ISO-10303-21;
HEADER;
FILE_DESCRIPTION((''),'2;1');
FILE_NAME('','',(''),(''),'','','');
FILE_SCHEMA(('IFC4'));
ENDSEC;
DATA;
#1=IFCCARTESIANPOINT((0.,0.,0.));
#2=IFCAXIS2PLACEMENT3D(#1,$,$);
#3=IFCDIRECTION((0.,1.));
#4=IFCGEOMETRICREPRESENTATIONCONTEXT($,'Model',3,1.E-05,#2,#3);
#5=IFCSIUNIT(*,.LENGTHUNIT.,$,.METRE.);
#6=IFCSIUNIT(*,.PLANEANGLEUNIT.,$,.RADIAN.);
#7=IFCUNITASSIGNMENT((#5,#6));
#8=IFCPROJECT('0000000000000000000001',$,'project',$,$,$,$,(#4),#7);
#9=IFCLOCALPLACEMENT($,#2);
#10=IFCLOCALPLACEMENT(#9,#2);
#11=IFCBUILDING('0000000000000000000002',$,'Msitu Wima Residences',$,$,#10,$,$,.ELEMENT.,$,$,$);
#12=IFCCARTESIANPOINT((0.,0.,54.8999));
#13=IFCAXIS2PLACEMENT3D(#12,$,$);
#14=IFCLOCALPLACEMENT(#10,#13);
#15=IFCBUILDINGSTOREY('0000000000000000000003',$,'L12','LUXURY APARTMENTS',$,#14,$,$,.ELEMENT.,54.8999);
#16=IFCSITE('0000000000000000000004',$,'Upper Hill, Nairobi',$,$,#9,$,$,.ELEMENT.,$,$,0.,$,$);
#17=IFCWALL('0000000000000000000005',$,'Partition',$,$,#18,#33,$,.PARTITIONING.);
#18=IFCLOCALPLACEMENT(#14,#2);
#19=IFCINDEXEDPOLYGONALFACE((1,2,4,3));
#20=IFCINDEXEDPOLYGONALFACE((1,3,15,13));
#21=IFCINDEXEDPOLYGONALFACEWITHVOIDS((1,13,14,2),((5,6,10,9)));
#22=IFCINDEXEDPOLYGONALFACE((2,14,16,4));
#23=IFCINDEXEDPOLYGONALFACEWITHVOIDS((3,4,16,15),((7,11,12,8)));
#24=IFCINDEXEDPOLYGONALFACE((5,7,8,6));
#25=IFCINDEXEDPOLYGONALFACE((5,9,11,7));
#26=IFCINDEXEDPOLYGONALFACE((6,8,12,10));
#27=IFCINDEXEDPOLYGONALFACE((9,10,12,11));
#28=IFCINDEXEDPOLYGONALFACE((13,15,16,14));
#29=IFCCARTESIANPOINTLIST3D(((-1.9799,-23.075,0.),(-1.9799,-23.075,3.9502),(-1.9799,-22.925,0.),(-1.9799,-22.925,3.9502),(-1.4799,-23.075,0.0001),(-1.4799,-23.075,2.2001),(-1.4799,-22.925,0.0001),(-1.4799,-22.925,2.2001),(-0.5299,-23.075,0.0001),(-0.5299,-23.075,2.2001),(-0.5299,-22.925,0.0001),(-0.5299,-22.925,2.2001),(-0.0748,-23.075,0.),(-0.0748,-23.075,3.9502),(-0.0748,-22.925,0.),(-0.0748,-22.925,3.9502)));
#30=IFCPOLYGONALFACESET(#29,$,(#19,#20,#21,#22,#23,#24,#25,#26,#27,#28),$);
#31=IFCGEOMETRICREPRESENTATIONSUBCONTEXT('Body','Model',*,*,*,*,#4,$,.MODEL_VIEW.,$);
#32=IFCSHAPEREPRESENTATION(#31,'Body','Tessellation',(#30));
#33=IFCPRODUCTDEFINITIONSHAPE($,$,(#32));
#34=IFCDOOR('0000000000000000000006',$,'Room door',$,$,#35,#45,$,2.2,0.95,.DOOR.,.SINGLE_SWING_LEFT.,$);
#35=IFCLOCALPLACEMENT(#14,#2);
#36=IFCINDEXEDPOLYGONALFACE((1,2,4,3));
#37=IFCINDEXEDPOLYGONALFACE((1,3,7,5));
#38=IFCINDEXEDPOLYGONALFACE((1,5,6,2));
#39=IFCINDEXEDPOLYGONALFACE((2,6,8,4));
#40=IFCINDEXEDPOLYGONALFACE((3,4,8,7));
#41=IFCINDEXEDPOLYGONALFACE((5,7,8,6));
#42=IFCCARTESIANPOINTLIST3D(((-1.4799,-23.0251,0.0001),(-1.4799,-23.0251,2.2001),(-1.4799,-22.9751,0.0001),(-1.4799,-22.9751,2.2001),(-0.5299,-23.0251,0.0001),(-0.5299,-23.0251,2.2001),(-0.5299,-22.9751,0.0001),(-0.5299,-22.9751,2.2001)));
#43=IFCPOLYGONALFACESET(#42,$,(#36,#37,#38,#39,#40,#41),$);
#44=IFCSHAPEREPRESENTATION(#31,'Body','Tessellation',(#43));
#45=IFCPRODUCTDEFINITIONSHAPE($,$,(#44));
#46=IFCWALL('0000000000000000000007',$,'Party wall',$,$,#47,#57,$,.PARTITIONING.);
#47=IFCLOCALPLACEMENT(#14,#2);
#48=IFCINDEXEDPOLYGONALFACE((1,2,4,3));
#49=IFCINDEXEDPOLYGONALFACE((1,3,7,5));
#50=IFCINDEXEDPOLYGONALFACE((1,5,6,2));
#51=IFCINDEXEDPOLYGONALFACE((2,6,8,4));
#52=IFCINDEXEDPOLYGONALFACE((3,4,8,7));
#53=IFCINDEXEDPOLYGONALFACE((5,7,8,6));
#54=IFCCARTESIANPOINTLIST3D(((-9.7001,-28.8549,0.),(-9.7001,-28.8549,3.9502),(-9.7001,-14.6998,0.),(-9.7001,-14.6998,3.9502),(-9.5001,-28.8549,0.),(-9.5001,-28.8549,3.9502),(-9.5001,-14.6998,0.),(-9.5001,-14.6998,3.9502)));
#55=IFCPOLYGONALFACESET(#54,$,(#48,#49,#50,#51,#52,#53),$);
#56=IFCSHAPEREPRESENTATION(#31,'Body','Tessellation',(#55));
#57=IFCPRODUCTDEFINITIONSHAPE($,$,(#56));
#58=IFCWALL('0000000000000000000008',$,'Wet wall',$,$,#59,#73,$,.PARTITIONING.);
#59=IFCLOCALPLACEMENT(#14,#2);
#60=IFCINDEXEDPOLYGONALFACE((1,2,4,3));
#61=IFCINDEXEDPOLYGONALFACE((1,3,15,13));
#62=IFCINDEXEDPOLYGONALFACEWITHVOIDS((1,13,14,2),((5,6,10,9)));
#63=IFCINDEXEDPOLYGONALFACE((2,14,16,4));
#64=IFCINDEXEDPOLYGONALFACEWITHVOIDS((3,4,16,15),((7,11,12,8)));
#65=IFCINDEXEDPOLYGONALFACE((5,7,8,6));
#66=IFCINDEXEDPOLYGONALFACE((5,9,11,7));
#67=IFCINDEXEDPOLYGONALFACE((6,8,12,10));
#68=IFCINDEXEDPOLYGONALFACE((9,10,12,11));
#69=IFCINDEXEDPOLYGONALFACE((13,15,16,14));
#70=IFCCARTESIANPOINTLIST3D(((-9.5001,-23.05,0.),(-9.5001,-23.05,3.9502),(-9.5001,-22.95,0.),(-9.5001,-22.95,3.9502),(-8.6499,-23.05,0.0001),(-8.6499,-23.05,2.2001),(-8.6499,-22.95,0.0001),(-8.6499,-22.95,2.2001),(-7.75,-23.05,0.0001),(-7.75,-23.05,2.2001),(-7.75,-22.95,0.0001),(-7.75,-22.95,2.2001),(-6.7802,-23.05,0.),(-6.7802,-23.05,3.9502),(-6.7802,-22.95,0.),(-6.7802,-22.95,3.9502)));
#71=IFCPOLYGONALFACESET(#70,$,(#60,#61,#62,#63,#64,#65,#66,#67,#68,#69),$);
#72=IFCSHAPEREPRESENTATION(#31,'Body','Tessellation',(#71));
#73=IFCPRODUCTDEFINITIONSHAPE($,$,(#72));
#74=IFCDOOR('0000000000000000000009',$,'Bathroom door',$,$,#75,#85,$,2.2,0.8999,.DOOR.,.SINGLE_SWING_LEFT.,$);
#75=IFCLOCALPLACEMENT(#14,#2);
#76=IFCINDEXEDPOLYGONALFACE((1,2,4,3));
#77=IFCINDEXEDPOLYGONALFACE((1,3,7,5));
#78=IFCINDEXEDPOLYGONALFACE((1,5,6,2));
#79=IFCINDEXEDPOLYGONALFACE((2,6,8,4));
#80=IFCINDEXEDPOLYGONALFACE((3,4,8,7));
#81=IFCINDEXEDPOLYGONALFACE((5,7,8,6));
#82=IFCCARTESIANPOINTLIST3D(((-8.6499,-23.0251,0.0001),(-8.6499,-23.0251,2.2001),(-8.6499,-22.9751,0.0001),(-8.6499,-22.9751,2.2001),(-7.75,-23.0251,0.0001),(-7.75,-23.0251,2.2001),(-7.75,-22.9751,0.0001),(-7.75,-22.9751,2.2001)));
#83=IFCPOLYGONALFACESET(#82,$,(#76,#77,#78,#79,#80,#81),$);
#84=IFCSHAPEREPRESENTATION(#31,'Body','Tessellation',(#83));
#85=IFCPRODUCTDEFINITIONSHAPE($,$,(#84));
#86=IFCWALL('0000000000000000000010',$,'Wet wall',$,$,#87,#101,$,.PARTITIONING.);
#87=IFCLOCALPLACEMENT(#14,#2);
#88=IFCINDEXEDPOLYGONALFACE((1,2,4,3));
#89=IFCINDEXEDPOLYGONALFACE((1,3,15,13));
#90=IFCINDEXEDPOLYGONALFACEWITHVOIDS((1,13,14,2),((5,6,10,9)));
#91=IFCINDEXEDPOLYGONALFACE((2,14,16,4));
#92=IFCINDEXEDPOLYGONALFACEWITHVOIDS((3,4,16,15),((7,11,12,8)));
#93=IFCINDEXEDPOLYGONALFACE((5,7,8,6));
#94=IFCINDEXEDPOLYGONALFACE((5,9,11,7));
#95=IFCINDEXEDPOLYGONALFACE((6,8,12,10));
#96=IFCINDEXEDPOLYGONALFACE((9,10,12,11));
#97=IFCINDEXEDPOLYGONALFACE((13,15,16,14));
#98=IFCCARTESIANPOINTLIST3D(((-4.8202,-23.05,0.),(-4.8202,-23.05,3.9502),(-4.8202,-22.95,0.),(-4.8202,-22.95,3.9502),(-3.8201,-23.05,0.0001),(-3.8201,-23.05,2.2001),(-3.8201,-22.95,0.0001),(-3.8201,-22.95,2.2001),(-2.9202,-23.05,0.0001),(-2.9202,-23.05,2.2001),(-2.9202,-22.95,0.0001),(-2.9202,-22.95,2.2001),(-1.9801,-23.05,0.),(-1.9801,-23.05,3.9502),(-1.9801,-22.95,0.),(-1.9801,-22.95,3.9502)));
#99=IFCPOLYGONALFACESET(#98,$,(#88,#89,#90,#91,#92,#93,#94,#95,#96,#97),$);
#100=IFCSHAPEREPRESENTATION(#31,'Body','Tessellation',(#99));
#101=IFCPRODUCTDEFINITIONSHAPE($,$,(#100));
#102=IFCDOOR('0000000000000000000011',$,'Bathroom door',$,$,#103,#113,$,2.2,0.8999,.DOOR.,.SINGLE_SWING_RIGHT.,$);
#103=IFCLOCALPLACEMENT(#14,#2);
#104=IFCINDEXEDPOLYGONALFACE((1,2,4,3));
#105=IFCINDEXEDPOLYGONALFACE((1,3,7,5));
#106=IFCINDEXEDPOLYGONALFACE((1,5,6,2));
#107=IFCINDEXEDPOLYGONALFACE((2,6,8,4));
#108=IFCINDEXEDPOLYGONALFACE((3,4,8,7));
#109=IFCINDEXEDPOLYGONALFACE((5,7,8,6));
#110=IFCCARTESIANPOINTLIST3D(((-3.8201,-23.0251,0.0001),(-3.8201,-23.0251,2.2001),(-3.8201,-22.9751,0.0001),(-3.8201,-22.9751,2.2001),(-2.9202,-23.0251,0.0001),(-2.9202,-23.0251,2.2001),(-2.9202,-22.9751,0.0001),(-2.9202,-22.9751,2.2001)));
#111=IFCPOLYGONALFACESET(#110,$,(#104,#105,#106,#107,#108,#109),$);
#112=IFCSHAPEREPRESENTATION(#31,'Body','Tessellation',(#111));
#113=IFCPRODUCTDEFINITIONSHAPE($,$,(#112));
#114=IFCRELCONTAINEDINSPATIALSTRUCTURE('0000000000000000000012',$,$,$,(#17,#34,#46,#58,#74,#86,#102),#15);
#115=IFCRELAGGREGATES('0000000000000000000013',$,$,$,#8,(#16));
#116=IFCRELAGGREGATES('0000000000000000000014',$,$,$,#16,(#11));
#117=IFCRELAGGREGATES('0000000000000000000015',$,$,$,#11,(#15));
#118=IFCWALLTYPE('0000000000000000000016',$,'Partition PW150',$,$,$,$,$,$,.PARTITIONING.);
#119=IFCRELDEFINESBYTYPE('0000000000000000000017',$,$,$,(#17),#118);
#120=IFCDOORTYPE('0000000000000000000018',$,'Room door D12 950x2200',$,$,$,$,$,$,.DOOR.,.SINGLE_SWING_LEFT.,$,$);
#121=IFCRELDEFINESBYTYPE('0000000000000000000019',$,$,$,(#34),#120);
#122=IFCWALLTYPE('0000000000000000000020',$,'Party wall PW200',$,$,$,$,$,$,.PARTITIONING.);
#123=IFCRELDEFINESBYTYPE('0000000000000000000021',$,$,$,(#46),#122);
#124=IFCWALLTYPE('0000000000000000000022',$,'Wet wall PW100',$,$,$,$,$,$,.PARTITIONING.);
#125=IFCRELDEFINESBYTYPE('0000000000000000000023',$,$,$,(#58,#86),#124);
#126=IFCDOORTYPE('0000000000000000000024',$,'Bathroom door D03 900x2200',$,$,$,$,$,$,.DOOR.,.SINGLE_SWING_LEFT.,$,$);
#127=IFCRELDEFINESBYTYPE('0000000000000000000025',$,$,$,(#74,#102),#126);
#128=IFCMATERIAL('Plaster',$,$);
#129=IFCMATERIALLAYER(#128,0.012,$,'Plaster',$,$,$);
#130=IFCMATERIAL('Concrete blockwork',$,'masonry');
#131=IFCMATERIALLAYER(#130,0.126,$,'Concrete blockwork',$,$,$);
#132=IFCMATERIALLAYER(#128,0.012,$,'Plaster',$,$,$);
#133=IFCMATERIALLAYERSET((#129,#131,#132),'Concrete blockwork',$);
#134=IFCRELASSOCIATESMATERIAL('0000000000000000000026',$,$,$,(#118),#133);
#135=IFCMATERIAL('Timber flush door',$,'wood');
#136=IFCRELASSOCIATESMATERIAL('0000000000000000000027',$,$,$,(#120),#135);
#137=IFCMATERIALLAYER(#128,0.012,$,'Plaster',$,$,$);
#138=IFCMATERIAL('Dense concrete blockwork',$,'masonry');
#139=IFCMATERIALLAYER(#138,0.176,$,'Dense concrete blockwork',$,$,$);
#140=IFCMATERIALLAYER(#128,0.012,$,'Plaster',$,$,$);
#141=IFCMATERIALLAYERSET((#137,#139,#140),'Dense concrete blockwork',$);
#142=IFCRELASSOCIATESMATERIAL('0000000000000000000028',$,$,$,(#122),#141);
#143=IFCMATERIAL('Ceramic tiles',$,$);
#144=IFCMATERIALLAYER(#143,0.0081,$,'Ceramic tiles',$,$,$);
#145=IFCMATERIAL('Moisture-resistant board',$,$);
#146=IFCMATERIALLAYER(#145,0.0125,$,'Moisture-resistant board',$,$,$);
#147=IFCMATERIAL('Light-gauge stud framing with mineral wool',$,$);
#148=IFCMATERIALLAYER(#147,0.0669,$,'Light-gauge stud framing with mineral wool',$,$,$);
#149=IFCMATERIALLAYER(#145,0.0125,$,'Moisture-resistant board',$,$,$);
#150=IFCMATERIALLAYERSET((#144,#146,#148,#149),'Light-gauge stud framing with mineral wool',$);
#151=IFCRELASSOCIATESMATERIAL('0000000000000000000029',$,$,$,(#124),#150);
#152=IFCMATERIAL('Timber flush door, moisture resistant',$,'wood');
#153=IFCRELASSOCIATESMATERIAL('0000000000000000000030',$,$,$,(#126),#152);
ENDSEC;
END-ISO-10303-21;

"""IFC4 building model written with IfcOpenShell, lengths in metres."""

from ifc_helpers import new_model, si_unit, direction, frame, frame_2d, origin, place, context, subcontext, project, spatial, rectangle, extrude, material, layer, layer_set, type_object, element, fill, save


model = new_model("IFC4")

# Units and contexts
model_context = context("Model", 3, precision=1e-05, world=origin(), true_north=direction((0.0, 1.0)))
body_context = subcontext(model_context, "Body", "Model", "MODEL_VIEW")
ifc_project = project(units=[si_unit("LENGTHUNIT", "METRE"), si_unit("PLANEANGLEUNIT", "RADIAN")], contexts=[model_context])

# Site, building, storey
site_placement = place(None, origin())
site = spatial("IfcSite", under=ifc_project, at=site_placement, Name="Upper Hill, Nairobi", CompositionType="ELEMENT", RefElevation=0.0)
building_placement = place(site_placement, origin())
building = spatial("IfcBuilding", under=site, at=building_placement, Name="Msitu Wima Residences", CompositionType="ELEMENT")
storey_placement = place(building_placement, frame((0.0, 0.0, 54.8999)))
storey = spatial("IfcBuildingStorey", under=building, at=storey_placement, Name="L12", Description="LUXURY APARTMENTS", CompositionType="ELEMENT", Elevation=54.8999)

# Shared definitions
ifc_material_1 = material(Name="Plaster")
ifc_layer_1 = layer(ifc_material_1, 0.012, Name="Plaster")
ifc_material_2 = material(Name="Concrete blockwork", Category="masonry")
ifc_layer_2 = layer(ifc_material_2, 0.126, Name="Concrete blockwork")
ifc_layer_3 = layer(ifc_material_1, 0.012, Name="Plaster")
ifc_layer_set_1 = layer_set([ifc_layer_1, ifc_layer_2, ifc_layer_3], Name="Concrete blockwork")
wall_type_1 = type_object("IfcWallType", Name="Partition PW150", PredefinedType="PARTITIONING", material=ifc_layer_set_1)

# Shared definitions
ifc_material_3 = material(Name="Timber flush door", Category="wood")
door_type_1 = type_object("IfcDoorType", Name="Room door D12 950x2200", OperationType="SINGLE_SWING_LEFT", PredefinedType="DOOR", material=ifc_material_3)

# Wall, opening, door
wall_1_placement = place(storey_placement, frame((-1.98, -23.0, 0.0), z_axis=(0.0, 0.0, 1.0), x_axis=(1.0, 0.0, 0.0)))
wall_1 = element("IfcWall", 1, at=wall_1_placement, inside=storey, type_object=wall_type_1, Name="Partition", PredefinedType="PARTITIONING", context=body_context, shape_type="SweptSolid", body=[
    extrude(rectangle(XDim=1.905, YDim=0.1499, at=frame_2d((0.9526, 0.0))), origin(), (0.0, 0.0, 1.0), 3.9502),
])
opening_1_placement = place(wall_1_placement, frame((0.5, 0.0, 0.0)))
opening_1 = element("IfcOpeningElement", 2, at=opening_1_placement, cuts=wall_1, PredefinedType="OPENING", context=body_context, shape_type="SweptSolid", body=[
    extrude(rectangle(XDim=0.95, YDim=2.2, at=frame_2d((0.4751, 1.1001))), frame((0.0, 0.085, 0.0), z_axis=(0.0, -1.0, 0.0), x_axis=(1.0, 0.0, 0.0)), (0.0, 0.0, 1.0), 0.1699),
])
door_1_placement = place(opening_1_placement, origin())
door_1 = element("IfcDoor", 3, at=door_1_placement, inside=storey, type_object=door_type_1, Name="Room door", OperationType="SINGLE_SWING_LEFT", OverallHeight=2.2, OverallWidth=0.95, PredefinedType="DOOR", context=body_context, shape_type="SweptSolid", body=[
    extrude(rectangle(XDim=0.95, YDim=2.2, at=frame_2d((0.4751, 1.1001))), frame((0.0, 0.0249, 0.0), z_axis=(0.0, -1.0, 0.0), x_axis=(1.0, 0.0, 0.0)), (0.0, 0.0, 1.0), 0.05),
])
fill(opening_1, door_1)

# Wall
ifc_layer_4 = layer(ifc_material_1, 0.012, Name="Plaster")
ifc_material_4 = material(Name="Dense concrete blockwork", Category="masonry")
ifc_layer_5 = layer(ifc_material_4, 0.176, Name="Dense concrete blockwork")
ifc_layer_6 = layer(ifc_material_1, 0.012, Name="Plaster")
ifc_layer_set_2 = layer_set([ifc_layer_4, ifc_layer_5, ifc_layer_6], Name="Dense concrete blockwork")
wall_type_2 = type_object("IfcWallType", Name="Party wall PW200", PredefinedType="PARTITIONING", material=ifc_layer_set_2)
wall_2_placement = place(storey_placement, frame((-9.6001, -28.855, 0.0), z_axis=(0.0, 0.0, 1.0), x_axis=(0.0, 1.0, 0.0)))
element("IfcWall", 4, at=wall_2_placement, inside=storey, type_object=wall_type_2, Name="Party wall", PredefinedType="PARTITIONING", context=body_context, shape_type="SweptSolid", body=[
    extrude(rectangle(XDim=14.155, YDim=0.2, at=frame_2d((7.0776, 0.0))), origin(), (0.0, 0.0, 1.0), 3.9502),
])

# Walls, openings, doors
ifc_material_5 = material(Name="Ceramic tiles")
ifc_layer_7 = layer(ifc_material_5, 0.0081, Name="Ceramic tiles")
ifc_material_6 = material(Name="Moisture-resistant board")
ifc_layer_8 = layer(ifc_material_6, 0.0125, Name="Moisture-resistant board")
ifc_material_7 = material(Name="Light-gauge stud framing with mineral wool")
ifc_layer_9 = layer(ifc_material_7, 0.0669, Name="Light-gauge stud framing with mineral wool")
ifc_layer_10 = layer(ifc_material_6, 0.0125, Name="Moisture-resistant board")
ifc_layer_set_3 = layer_set([ifc_layer_7, ifc_layer_8, ifc_layer_9, ifc_layer_10], Name="Light-gauge stud framing with mineral wool")
wall_type_3 = type_object("IfcWallType", Name="Wet wall PW100", PredefinedType="PARTITIONING", material=ifc_layer_set_3)
wall_3_placement = place(storey_placement, frame((-9.5, -23.0, 0.0), z_axis=(0.0, 0.0, 1.0), x_axis=(1.0, 0.0, 0.0)))
wall_3 = element("IfcWall", 5, at=wall_3_placement, inside=storey, type_object=wall_type_3, Name="Wet wall", PredefinedType="PARTITIONING", context=body_context, shape_type="SweptSolid", body=[
    extrude(rectangle(XDim=2.72, YDim=0.1001, at=frame_2d((1.3599, 0.0))), origin(), (0.0, 0.0, 1.0), 3.9502),
])
opening_2_placement = place(wall_3_placement, frame((0.8501, 0.0, 0.0)))
opening_2 = element("IfcOpeningElement", 6, at=opening_2_placement, cuts=wall_3, PredefinedType="OPENING", context=body_context, shape_type="SweptSolid", body=[
    extrude(rectangle(XDim=0.8999, YDim=2.2, at=frame_2d((0.45, 1.1001))), frame((0.0, 0.0601, 0.0), z_axis=(0.0, -1.0, 0.0), x_axis=(1.0, 0.0, 0.0)), (0.0, 0.0, 1.0), 0.1201),
])
ifc_material_8 = material(Name="Timber flush door, moisture resistant", Category="wood")
door_type_2 = type_object("IfcDoorType", Name="Bathroom door D03 900x2200", OperationType="SINGLE_SWING_LEFT", PredefinedType="DOOR", material=ifc_material_8)
door_2_placement = place(opening_2_placement, origin())
door_2 = element("IfcDoor", 7, at=door_2_placement, inside=storey, type_object=door_type_2, Name="Bathroom door", OperationType="SINGLE_SWING_LEFT", OverallHeight=2.2, OverallWidth=0.8999, PredefinedType="DOOR", context=body_context, shape_type="SweptSolid", body=[
    extrude(rectangle(XDim=0.8999, YDim=2.2, at=frame_2d((0.45, 1.1001))), frame((0.0, 0.0249, 0.0), z_axis=(0.0, -1.0, 0.0), x_axis=(1.0, 0.0, 0.0)), (0.0, 0.0, 1.0), 0.05),
])
fill(opening_2, door_2)
wall_4_placement = place(storey_placement, frame((-4.8201, -23.0, 0.0), z_axis=(0.0, 0.0, 1.0), x_axis=(1.0, 0.0, 0.0)))
wall_4 = element("IfcWall", 8, at=wall_4_placement, inside=storey, type_object=wall_type_3, Name="Wet wall", PredefinedType="PARTITIONING", context=body_context, shape_type="SweptSolid", body=[
    extrude(rectangle(XDim=2.8401, YDim=0.1001, at=frame_2d((1.4199, 0.0))), origin(), (0.0, 0.0, 1.0), 3.9502),
])
opening_3_placement = place(wall_4_placement, frame((1.0, 0.0, 0.0)))
opening_3 = element("IfcOpeningElement", 9, at=opening_3_placement, cuts=wall_4, PredefinedType="OPENING", context=body_context, shape_type="SweptSolid", body=[
    extrude(rectangle(XDim=0.8999, YDim=2.2, at=frame_2d((0.45, 1.1001))), frame((0.0, 0.0601, 0.0), z_axis=(0.0, -1.0, 0.0), x_axis=(1.0, 0.0, 0.0)), (0.0, 0.0, 1.0), 0.1201),
])
door_3_placement = place(opening_3_placement, origin())
door_3 = element("IfcDoor", 10, at=door_3_placement, inside=storey, type_object=door_type_2, Name="Bathroom door", OperationType="SINGLE_SWING_RIGHT", OverallHeight=2.2, OverallWidth=0.8999, PredefinedType="DOOR", context=body_context, shape_type="SweptSolid", body=[
    extrude(rectangle(XDim=0.8999, YDim=2.2, at=frame_2d((0.45, 1.1001))), frame((0.0, 0.0249, 0.0), z_axis=(0.0, -1.0, 0.0), x_axis=(1.0, 0.0, 0.0)), (0.0, 0.0, 1.0), 0.05),
])
fill(opening_3, door_3)

save(model, "model.ifc")
